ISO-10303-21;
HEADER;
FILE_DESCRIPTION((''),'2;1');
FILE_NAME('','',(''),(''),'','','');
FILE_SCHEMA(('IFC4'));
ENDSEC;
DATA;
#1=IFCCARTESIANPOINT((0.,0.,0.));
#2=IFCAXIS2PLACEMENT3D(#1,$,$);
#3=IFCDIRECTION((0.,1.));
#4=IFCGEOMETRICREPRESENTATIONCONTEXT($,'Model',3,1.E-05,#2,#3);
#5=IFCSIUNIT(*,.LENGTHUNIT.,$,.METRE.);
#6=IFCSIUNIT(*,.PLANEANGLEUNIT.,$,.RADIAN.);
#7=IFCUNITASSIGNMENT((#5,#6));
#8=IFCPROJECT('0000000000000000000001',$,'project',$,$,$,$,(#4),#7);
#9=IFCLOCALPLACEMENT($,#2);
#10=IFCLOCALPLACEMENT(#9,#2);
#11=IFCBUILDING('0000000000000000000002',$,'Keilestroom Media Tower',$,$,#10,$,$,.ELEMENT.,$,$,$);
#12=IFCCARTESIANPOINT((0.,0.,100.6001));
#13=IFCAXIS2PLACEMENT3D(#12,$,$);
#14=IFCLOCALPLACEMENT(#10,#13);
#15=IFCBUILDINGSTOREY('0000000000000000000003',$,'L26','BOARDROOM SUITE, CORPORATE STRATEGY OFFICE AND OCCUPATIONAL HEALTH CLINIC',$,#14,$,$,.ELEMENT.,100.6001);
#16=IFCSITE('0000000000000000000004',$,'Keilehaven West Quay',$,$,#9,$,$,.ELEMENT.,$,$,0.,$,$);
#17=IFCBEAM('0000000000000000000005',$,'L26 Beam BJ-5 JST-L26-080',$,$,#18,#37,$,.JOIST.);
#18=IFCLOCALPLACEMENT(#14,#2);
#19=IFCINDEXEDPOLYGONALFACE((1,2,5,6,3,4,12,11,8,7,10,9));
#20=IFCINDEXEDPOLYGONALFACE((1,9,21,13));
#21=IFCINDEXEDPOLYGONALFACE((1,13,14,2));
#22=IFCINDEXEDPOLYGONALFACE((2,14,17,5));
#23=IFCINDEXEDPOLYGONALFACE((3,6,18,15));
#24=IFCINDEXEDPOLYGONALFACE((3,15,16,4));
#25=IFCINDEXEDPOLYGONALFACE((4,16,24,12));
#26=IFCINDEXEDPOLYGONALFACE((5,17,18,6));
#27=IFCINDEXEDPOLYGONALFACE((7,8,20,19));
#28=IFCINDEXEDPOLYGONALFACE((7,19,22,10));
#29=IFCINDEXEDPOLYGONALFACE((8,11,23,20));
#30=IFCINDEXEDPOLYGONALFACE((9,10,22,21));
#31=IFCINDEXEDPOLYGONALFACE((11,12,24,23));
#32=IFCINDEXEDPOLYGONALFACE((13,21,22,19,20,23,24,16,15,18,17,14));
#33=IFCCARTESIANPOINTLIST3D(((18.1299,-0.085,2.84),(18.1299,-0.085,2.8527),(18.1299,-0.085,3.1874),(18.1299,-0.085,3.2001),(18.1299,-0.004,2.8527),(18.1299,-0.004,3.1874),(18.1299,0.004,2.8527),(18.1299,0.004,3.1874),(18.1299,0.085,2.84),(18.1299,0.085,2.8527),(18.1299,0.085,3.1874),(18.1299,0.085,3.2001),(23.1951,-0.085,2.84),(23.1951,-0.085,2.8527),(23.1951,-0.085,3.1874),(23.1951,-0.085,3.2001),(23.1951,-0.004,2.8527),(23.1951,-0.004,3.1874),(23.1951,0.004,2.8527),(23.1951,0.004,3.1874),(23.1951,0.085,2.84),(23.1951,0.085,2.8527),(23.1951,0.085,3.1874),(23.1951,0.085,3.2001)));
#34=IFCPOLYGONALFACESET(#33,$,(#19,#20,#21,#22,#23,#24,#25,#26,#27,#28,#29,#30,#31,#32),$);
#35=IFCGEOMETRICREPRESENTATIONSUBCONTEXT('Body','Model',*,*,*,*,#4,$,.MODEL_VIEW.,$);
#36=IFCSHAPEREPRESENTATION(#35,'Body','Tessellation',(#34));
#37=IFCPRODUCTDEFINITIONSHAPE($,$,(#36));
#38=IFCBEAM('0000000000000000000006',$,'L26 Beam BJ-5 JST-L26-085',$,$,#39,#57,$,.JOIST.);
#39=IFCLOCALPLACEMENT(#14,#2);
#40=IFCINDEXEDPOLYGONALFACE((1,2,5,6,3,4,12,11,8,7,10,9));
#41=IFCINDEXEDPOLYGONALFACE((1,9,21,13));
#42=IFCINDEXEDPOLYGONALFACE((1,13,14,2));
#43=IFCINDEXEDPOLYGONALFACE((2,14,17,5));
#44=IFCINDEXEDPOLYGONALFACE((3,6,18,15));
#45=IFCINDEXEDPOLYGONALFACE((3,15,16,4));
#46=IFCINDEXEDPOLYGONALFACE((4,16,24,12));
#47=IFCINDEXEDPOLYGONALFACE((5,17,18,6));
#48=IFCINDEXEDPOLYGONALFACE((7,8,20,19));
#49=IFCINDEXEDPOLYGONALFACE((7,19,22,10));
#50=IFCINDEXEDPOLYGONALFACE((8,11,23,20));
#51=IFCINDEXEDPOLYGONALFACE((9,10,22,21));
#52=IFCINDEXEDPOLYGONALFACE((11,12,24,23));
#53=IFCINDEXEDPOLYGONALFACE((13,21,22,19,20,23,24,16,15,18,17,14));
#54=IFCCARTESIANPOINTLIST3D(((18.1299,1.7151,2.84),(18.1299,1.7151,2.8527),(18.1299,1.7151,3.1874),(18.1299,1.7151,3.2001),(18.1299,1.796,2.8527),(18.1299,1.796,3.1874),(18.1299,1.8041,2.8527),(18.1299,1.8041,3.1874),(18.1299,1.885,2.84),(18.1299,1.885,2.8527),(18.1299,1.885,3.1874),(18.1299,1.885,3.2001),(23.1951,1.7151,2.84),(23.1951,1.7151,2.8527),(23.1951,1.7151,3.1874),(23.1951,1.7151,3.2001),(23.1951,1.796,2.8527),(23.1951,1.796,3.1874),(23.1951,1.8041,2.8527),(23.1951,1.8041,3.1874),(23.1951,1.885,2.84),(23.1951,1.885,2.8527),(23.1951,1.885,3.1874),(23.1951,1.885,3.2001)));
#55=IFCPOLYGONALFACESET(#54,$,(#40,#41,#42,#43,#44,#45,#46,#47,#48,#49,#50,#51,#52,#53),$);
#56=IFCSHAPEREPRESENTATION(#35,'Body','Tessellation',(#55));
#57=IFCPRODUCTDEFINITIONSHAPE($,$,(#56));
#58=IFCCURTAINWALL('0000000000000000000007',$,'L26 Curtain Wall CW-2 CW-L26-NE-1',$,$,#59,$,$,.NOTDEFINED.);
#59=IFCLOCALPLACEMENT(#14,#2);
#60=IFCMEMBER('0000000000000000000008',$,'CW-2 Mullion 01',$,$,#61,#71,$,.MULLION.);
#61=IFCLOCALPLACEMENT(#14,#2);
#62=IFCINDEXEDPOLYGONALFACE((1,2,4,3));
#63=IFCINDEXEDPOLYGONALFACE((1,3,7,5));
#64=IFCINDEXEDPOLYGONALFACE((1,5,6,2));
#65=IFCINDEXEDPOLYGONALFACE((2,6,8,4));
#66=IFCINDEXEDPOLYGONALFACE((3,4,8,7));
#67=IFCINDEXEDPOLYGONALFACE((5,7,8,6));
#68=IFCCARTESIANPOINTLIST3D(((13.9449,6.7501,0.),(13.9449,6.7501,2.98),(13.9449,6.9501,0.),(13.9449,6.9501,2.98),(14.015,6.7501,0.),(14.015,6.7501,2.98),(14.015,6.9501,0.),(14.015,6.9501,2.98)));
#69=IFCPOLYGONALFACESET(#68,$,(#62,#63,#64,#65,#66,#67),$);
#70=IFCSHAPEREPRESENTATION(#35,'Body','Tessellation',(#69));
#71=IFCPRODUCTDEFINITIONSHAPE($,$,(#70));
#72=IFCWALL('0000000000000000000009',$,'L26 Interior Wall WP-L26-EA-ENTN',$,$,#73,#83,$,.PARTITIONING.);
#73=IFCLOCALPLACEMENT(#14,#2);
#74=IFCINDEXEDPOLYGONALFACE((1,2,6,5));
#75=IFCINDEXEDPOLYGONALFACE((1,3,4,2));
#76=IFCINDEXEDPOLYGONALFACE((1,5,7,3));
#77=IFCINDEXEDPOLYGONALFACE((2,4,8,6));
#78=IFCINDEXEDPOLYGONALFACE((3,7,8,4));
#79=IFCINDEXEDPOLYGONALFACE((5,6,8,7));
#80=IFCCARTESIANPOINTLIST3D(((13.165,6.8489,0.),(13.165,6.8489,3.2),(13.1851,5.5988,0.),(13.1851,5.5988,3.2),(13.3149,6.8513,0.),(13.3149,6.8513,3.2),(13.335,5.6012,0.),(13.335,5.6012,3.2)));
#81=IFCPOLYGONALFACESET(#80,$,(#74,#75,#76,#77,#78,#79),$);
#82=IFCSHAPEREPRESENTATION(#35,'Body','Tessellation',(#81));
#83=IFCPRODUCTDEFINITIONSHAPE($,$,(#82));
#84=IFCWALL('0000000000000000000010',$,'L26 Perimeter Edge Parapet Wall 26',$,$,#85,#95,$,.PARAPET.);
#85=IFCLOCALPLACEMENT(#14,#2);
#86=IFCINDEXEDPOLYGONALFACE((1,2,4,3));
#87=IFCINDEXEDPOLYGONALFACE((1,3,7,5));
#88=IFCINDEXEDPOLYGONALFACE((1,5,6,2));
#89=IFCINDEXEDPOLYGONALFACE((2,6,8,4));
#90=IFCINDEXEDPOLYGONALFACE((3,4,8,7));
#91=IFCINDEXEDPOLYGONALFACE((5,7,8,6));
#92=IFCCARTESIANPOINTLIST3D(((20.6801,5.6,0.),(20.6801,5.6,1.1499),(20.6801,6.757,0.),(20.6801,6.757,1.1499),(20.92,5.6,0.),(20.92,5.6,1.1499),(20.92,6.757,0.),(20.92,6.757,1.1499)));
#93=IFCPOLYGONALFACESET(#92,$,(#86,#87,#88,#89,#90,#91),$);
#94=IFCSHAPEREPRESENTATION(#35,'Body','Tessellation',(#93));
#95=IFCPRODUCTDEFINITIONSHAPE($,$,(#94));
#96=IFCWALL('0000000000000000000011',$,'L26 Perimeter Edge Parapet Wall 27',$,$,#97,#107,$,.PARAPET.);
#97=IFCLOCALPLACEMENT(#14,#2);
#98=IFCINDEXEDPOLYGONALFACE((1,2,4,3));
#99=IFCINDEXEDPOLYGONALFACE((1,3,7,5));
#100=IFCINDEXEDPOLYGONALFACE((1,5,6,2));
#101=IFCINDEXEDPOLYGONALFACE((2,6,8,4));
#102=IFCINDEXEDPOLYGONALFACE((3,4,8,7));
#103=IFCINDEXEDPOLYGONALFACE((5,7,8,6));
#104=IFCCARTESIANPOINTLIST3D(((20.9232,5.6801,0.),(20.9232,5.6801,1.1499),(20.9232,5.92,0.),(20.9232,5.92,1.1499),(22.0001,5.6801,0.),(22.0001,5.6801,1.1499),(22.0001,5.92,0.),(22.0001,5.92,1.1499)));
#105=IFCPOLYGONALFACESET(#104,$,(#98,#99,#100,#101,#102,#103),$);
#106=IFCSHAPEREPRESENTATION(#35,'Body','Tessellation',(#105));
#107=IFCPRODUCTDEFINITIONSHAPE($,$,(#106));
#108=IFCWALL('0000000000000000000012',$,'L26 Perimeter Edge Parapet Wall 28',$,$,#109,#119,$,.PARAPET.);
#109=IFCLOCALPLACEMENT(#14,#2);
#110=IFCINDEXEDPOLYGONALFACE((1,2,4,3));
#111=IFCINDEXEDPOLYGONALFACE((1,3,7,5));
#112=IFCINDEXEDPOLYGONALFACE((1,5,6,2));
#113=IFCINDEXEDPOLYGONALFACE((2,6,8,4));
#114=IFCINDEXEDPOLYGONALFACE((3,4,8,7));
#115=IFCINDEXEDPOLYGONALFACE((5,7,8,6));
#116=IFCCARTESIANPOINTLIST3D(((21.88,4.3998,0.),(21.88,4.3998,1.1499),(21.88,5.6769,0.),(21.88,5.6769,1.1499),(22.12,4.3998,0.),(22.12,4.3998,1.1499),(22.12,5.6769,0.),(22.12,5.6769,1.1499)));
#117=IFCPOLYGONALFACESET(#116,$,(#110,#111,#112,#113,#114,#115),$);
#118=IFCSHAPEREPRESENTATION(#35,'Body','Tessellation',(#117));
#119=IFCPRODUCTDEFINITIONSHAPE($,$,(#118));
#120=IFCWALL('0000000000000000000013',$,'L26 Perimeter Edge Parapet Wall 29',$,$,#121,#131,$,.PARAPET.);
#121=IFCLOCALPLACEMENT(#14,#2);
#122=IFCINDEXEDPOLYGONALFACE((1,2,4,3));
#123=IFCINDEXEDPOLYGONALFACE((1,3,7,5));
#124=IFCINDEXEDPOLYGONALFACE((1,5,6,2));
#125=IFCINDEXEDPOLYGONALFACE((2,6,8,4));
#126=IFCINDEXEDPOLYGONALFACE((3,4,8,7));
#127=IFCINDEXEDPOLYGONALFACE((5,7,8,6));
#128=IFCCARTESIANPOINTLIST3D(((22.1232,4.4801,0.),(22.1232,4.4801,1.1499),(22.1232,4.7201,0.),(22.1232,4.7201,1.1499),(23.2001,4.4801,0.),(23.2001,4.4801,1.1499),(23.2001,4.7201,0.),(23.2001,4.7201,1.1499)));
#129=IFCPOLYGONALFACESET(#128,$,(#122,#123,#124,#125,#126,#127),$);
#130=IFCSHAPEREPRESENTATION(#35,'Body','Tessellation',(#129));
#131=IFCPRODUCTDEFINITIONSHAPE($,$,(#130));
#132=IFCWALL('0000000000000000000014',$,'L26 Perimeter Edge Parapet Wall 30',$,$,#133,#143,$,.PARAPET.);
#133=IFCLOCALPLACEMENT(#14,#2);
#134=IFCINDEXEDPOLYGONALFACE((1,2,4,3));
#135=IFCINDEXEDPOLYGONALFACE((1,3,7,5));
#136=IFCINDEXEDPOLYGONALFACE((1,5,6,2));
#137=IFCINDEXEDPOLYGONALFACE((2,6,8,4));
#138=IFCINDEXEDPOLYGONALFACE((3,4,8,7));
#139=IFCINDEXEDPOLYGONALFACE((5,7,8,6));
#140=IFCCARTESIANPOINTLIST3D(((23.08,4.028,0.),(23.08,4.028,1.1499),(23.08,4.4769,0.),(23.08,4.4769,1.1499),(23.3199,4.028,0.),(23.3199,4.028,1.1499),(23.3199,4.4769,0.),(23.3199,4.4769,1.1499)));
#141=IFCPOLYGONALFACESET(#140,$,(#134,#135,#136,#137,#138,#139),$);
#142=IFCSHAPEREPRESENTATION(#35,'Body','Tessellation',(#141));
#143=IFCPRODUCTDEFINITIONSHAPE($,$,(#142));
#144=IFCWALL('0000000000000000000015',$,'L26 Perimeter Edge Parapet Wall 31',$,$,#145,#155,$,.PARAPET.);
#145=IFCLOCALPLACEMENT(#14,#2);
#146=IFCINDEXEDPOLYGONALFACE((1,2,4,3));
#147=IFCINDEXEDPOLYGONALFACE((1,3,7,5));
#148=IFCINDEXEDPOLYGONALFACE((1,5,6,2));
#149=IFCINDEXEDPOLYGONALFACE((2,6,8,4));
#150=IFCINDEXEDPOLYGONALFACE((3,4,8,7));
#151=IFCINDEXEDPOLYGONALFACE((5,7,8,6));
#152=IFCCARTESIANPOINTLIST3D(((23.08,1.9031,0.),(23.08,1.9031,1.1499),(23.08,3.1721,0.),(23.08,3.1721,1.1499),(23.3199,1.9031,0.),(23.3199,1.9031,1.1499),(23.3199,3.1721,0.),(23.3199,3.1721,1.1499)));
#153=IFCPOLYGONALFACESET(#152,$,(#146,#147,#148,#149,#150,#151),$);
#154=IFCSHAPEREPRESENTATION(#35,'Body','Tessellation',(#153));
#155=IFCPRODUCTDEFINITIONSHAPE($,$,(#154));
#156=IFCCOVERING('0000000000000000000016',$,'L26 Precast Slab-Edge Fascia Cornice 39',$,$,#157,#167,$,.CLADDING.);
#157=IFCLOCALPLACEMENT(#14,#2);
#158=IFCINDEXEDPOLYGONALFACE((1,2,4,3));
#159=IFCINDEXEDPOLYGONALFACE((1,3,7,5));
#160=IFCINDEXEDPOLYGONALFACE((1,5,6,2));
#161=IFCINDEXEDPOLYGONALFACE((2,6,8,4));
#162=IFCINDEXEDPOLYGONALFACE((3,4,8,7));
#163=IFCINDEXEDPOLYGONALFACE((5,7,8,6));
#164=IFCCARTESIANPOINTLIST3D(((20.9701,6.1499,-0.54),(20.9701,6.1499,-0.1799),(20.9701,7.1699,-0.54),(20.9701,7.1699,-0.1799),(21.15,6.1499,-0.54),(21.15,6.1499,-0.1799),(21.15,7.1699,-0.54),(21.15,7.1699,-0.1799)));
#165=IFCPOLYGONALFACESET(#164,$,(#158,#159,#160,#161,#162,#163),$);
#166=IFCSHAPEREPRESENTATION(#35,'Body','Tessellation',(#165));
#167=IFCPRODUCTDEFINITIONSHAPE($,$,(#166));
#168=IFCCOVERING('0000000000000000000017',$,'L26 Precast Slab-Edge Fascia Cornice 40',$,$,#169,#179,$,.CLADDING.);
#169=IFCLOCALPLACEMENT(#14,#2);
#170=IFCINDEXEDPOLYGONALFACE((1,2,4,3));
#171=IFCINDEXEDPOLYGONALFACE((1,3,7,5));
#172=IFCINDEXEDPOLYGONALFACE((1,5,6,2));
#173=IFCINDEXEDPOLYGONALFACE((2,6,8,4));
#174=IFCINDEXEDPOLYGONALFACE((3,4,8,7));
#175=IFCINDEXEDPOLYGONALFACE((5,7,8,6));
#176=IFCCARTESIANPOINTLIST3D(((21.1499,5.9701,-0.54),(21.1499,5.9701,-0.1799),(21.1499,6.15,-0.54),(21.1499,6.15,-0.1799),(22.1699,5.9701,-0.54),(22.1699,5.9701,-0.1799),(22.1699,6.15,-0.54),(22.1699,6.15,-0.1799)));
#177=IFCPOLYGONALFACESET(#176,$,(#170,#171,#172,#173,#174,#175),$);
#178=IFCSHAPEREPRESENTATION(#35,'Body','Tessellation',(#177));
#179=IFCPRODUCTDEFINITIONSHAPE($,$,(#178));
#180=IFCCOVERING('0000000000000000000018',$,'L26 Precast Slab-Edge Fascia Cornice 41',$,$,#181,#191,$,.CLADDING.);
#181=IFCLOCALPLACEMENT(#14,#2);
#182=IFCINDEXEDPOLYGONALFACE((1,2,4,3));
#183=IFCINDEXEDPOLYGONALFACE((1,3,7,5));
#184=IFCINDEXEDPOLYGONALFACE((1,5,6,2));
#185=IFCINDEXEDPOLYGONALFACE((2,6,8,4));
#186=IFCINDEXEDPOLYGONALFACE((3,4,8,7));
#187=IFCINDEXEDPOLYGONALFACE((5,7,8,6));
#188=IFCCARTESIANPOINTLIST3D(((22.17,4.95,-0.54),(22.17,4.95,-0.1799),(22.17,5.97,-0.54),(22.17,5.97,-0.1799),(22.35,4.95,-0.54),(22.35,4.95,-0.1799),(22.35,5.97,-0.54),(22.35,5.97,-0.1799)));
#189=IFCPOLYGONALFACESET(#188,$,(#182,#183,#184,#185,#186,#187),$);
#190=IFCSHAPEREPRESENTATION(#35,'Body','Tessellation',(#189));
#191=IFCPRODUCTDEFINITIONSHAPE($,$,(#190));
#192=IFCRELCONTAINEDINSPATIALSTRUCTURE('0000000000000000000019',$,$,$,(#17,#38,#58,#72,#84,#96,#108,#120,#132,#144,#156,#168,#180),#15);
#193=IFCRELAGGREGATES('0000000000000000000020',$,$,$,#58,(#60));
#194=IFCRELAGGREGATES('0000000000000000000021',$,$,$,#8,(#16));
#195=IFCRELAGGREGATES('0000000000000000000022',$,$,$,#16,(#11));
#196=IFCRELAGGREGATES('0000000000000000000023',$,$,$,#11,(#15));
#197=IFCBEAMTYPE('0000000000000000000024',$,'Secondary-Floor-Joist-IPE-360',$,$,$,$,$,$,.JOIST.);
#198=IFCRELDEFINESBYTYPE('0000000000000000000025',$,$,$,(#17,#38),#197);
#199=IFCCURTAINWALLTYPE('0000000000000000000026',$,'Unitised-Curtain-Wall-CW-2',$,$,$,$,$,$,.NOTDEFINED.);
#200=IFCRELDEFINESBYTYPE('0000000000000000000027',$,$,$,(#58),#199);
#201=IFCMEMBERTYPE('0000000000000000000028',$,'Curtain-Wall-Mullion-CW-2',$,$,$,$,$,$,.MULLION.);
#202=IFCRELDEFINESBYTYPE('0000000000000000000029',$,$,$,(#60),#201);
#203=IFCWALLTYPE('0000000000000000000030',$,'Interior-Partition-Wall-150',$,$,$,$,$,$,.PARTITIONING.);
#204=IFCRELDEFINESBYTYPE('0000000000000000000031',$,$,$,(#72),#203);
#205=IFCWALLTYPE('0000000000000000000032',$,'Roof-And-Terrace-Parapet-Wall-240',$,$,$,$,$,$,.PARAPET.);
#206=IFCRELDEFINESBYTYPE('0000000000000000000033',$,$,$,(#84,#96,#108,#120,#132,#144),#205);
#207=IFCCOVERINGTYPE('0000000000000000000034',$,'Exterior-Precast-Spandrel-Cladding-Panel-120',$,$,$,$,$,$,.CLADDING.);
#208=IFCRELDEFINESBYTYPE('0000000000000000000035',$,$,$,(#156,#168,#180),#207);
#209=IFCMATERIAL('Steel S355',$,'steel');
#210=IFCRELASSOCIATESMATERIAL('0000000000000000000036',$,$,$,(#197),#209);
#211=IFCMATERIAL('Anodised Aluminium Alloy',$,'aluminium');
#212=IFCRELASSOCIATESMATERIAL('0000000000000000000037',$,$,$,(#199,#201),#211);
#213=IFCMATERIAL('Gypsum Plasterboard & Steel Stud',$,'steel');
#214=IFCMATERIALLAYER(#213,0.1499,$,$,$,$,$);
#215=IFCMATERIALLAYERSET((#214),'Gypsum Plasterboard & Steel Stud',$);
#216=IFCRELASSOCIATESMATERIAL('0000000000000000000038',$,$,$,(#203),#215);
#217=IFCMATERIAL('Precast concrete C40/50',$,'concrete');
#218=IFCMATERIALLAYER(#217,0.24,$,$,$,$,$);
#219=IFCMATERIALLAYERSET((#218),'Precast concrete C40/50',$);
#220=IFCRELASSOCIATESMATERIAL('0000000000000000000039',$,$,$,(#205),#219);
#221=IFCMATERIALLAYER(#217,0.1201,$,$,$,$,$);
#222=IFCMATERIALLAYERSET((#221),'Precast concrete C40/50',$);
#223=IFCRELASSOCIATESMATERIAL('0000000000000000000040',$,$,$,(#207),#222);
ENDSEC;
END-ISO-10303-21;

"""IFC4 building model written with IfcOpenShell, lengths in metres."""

from ifc_helpers import new_model, si_unit, direction, frame, frame_2d, origin, origin_2d, place, context, subcontext, project, spatial, rectangle, i_section, extrude, source, transform, mapped, material, layer, layer_set, material_profile, profile_set, type_object, element, aggregate, save


model = new_model("IFC4")

# Units and contexts
model_context = context("Model", 3, precision=1e-05, world=origin(), true_north=direction((0.0, 1.0)))
body_context = subcontext(model_context, "Body", "Model", "MODEL_VIEW")
ifc_project = project(units=[si_unit("LENGTHUNIT", "METRE"), si_unit("PLANEANGLEUNIT", "RADIAN")], contexts=[model_context])

# Site, building, storey
site_placement = place(None, origin())
site = spatial("IfcSite", under=ifc_project, at=site_placement, Name="Keilehaven West Quay", CompositionType="ELEMENT", RefElevation=0.0)
building_placement = place(site_placement, origin())
building = spatial("IfcBuilding", under=site, at=building_placement, Name="Keilestroom Media Tower", CompositionType="ELEMENT")
storey_placement = place(building_placement, frame((0.0, 0.0, 100.6001)))
storey = spatial("IfcBuildingStorey", under=building, at=storey_placement, Name="L26", Description="BOARDROOM SUITE, CORPORATE STRATEGY OFFICE AND OCCUPATIONAL HEALTH CLINIC", CompositionType="ELEMENT", Elevation=100.6001)

# Shared definitions
ifc_material_1 = material(Name="Precast concrete C40/50", Category="concrete")
ifc_material_2 = material(Name="Steel S355", Category="steel")

# Beams
ifc_material_profile_1 = material_profile(ifc_material_2, i_section(OverallWidth=0.1699, OverallDepth=0.3601, WebThickness=0.0081, FlangeThickness=0.0127, at=origin_2d()), Name="IPE 360")
ifc_profile_set_1 = profile_set([ifc_material_profile_1], Name="Steel S355")
beam_type_1 = type_object("IfcBeamType", Name="Secondary-Floor-Joist-IPE-360", PredefinedType="JOIST", material=ifc_profile_set_1)
shared_shape_1 = source(origin(), body_context, "Body", "SweptSolid", [
    extrude(i_section(OverallWidth=0.1699, OverallDepth=0.3601, WebThickness=0.0081, FlangeThickness=0.0127, at=origin_2d()), origin(), (0.0, 0.0, 1.0), 5.0652),
])
for number, where, z_axis, x_axis, name in (
    (1, (18.1299, 0.0, 3.02), (1.0, 0.0, 0.0), (0.0, 1.0, 0.0), "L26 Beam BJ-5 JST-L26-080"),
    (2, (18.1299, 1.8, 3.02), (1.0, 0.0, 0.0), (0.0, 1.0, 0.0), "L26 Beam BJ-5 JST-L26-085"),
):
    element("IfcBeam", number, at=place(storey_placement, frame(where, z_axis=z_axis, x_axis=x_axis)), inside=storey, type_object=beam_type_1, Name=name, PredefinedType="JOIST", context=body_context, shape_type="MappedRepresentation", body=[
        mapped(shared_shape_1, transform((0.0, 0.0, 0.0), x_axis=(1.0, 0.0, 0.0), y_axis=(0.0, 1.0, 0.0), z_axis=(0.0, 0.0, 1.0), scale=1.0)),
    ])

# Curtain wall, member
ifc_material_3 = material(Name="Anodised Aluminium Alloy", Category="aluminium")
curtain_wall_type = type_object("IfcCurtainWallType", Name="Unitised-Curtain-Wall-CW-2", PredefinedType="NOTDEFINED", material=ifc_material_3)
curtain_wall_placement = place(storey_placement, origin())
curtain_wall = element("IfcCurtainWall", 3, at=curtain_wall_placement, inside=storey, type_object=curtain_wall_type, Name="L26 Curtain Wall CW-2 CW-L26-NE-1", PredefinedType="NOTDEFINED")
ifc_material_profile_2 = material_profile(ifc_material_3, rectangle(XDim=0.0701, YDim=0.2, at=origin_2d()), Name="ALU MULLION 70x200")
ifc_profile_set_2 = profile_set([ifc_material_profile_2], Name="Anodised Aluminium Alloy")
member_type = type_object("IfcMemberType", Name="Curtain-Wall-Mullion-CW-2", PredefinedType="MULLION", material=ifc_profile_set_2)
shared_shape_2 = source(origin(), body_context, "Body", "SweptSolid", [
    extrude(rectangle(XDim=0.0701, YDim=0.2, at=origin_2d()), origin(), (0.0, 0.0, 1.0), 2.98),
])
member_placement = place(storey_placement, frame((13.98, 6.8501, 0.0), z_axis=(0.0, 0.0, 1.0), x_axis=(1.0, 0.0, 0.0)))
member = element("IfcMember", 4, at=member_placement, type_object=member_type, Name="CW-2 Mullion 01", PredefinedType="MULLION", context=body_context, shape_type="MappedRepresentation", body=[
    mapped(shared_shape_2, transform((0.0, 0.0, 0.0), x_axis=(1.0, 0.0, 0.0), y_axis=(0.0, 1.0, 0.0), z_axis=(0.0, 0.0, 1.0), scale=1.0)),
])
aggregate(curtain_wall, [member])

# Walls
ifc_material_4 = material(Name="Gypsum Plasterboard & Steel Stud", Category="steel")
ifc_layer_1 = layer(ifc_material_4, 0.1499)
ifc_layer_set_1 = layer_set([ifc_layer_1], Name="Gypsum Plasterboard & Steel Stud")
wall_type_1 = type_object("IfcWallType", Name="Interior-Partition-Wall-150", PredefinedType="PARTITIONING", material=ifc_layer_set_1)
wall_1_placement = place(storey_placement, frame((13.26, 5.6001, 0.0), z_axis=(0.0, 0.0, 1.0), x_axis=(-0.016014, 0.999872, 0.0)))
element("IfcWall", 5, at=wall_1_placement, inside=storey, type_object=wall_type_1, Name="L26 Interior Wall WP-L26-EA-ENTN", PredefinedType="PARTITIONING", context=body_context, shape_type="SweptSolid", body=[
    extrude(rectangle(XDim=1.2502, YDim=0.1499, at=frame_2d((0.625, 0.0))), origin(), (0.0, 0.0, 1.0), 3.2),
])
ifc_layer_2 = layer(ifc_material_1, 0.24)
ifc_layer_set_2 = layer_set([ifc_layer_2], Name="Precast concrete C40/50")
wall_type_2 = type_object("IfcWallType", Name="Roof-And-Terrace-Parapet-Wall-240", PredefinedType="PARAPET", material=ifc_layer_set_2)
wall_2_placement = place(storey_placement, frame((20.8, 6.7571, 0.0), z_axis=(0.0, 0.0, 1.0), x_axis=(0.0, -1.0, 0.0)))
element("IfcWall", 6, at=wall_2_placement, inside=storey, type_object=wall_type_2, Name="L26 Perimeter Edge Parapet Wall 26", PredefinedType="PARAPET", context=body_context, shape_type="SweptSolid", body=[
    extrude(rectangle(XDim=1.157, YDim=0.24, at=frame_2d((0.5786, 0.0))), origin(), (0.0, 0.0, 1.0), 1.1499),
])
wall_3_placement = place(storey_placement, frame((20.9231, 5.8, 0.0), z_axis=(0.0, 0.0, 1.0), x_axis=(1.0, 0.0, 0.0)))
element("IfcWall", 7, at=wall_3_placement, inside=storey, type_object=wall_type_2, Name="L26 Perimeter Edge Parapet Wall 27", PredefinedType="PARAPET", context=body_context, shape_type="SweptSolid", body=[
    extrude(rectangle(XDim=1.0769, YDim=0.24, at=frame_2d((0.5386, 0.0))), origin(), (0.0, 0.0, 1.0), 1.1499),
])
wall_4_placement = place(storey_placement, frame((22.0, 5.677, 0.0), z_axis=(0.0, 0.0, 1.0), x_axis=(0.0, -1.0, 0.0)))
element("IfcWall", 8, at=wall_4_placement, inside=storey, type_object=wall_type_2, Name="L26 Perimeter Edge Parapet Wall 28", PredefinedType="PARAPET", context=body_context, shape_type="SweptSolid", body=[
    extrude(rectangle(XDim=1.2771, YDim=0.24, at=frame_2d((0.6387, 0.0))), origin(), (0.0, 0.0, 1.0), 1.1499),
])
wall_5_placement = place(storey_placement, frame((22.123, 4.6001, 0.0), z_axis=(0.0, 0.0, 1.0), x_axis=(1.0, 0.0, 0.0)))
element("IfcWall", 9, at=wall_5_placement, inside=storey, type_object=wall_type_2, Name="L26 Perimeter Edge Parapet Wall 29", PredefinedType="PARAPET", context=body_context, shape_type="SweptSolid", body=[
    extrude(rectangle(XDim=1.0769, YDim=0.24, at=frame_2d((0.5386, 0.0))), origin(), (0.0, 0.0, 1.0), 1.1499),
])
wall_6_placement = place(storey_placement, frame((23.2, 4.4771, 0.0), z_axis=(0.0, 0.0, 1.0), x_axis=(0.0, -1.0, 0.0)))
element("IfcWall", 10, at=wall_6_placement, inside=storey, type_object=wall_type_2, Name="L26 Perimeter Edge Parapet Wall 30", PredefinedType="PARAPET", context=body_context, shape_type="SweptSolid", body=[
    extrude(rectangle(XDim=0.449, YDim=0.24, at=frame_2d((0.2246, 0.0))), origin(), (0.0, 0.0, 1.0), 1.1499),
])
wall_7_placement = place(storey_placement, frame((23.2, 3.1721, 0.0), z_axis=(0.0, 0.0, 1.0), x_axis=(0.0, -1.0, 0.0)))
element("IfcWall", 11, at=wall_7_placement, inside=storey, type_object=wall_type_2, Name="L26 Perimeter Edge Parapet Wall 31", PredefinedType="PARAPET", context=body_context, shape_type="SweptSolid", body=[
    extrude(rectangle(XDim=1.269, YDim=0.24, at=frame_2d((0.6345, 0.0))), origin(), (0.0, 0.0, 1.0), 1.1499),
])

# Coverings
ifc_layer_3 = layer(ifc_material_1, 0.1201)
ifc_layer_set_3 = layer_set([ifc_layer_3], Name="Precast concrete C40/50")
covering_type = type_object("IfcCoveringType", Name="Exterior-Precast-Spandrel-Cladding-Panel-120", PredefinedType="CLADDING", material=ifc_layer_set_3)
shared_shape_3 = source(origin(), body_context, "Body", "SweptSolid", [
    extrude(rectangle(XDim=1.02, YDim=0.1799, at=origin_2d()), origin(), (0.0, 0.0, 1.0), 0.3601),
])
for number, where, z_axis, x_axis, name in (
    (12, (21.0601, 6.6599, -0.54), (0.0, 0.0, 1.0), (0.0, -1.0, 0.0), "L26 Precast Slab-Edge Fascia Cornice 39"),
    (13, (21.6599, 6.0601, -0.54), (0.0, 0.0, 1.0), (1.0, 0.0, 0.0), "L26 Precast Slab-Edge Fascia Cornice 40"),
    (14, (22.26, 5.46, -0.54), (0.0, 0.0, 1.0), (0.0, -1.0, 0.0), "L26 Precast Slab-Edge Fascia Cornice 41"),
):
    element("IfcCovering", number, at=place(storey_placement, frame(where, z_axis=z_axis, x_axis=x_axis)), inside=storey, type_object=covering_type, Name=name, PredefinedType="CLADDING", context=body_context, shape_type="MappedRepresentation", body=[
        mapped(shared_shape_3, transform((0.0, 0.0, 0.0), x_axis=(1.0, 0.0, 0.0), y_axis=(0.0, 1.0, 0.0), z_axis=(0.0, 0.0, 1.0), scale=1.0)),
    ])

save(model, "model.ifc")
